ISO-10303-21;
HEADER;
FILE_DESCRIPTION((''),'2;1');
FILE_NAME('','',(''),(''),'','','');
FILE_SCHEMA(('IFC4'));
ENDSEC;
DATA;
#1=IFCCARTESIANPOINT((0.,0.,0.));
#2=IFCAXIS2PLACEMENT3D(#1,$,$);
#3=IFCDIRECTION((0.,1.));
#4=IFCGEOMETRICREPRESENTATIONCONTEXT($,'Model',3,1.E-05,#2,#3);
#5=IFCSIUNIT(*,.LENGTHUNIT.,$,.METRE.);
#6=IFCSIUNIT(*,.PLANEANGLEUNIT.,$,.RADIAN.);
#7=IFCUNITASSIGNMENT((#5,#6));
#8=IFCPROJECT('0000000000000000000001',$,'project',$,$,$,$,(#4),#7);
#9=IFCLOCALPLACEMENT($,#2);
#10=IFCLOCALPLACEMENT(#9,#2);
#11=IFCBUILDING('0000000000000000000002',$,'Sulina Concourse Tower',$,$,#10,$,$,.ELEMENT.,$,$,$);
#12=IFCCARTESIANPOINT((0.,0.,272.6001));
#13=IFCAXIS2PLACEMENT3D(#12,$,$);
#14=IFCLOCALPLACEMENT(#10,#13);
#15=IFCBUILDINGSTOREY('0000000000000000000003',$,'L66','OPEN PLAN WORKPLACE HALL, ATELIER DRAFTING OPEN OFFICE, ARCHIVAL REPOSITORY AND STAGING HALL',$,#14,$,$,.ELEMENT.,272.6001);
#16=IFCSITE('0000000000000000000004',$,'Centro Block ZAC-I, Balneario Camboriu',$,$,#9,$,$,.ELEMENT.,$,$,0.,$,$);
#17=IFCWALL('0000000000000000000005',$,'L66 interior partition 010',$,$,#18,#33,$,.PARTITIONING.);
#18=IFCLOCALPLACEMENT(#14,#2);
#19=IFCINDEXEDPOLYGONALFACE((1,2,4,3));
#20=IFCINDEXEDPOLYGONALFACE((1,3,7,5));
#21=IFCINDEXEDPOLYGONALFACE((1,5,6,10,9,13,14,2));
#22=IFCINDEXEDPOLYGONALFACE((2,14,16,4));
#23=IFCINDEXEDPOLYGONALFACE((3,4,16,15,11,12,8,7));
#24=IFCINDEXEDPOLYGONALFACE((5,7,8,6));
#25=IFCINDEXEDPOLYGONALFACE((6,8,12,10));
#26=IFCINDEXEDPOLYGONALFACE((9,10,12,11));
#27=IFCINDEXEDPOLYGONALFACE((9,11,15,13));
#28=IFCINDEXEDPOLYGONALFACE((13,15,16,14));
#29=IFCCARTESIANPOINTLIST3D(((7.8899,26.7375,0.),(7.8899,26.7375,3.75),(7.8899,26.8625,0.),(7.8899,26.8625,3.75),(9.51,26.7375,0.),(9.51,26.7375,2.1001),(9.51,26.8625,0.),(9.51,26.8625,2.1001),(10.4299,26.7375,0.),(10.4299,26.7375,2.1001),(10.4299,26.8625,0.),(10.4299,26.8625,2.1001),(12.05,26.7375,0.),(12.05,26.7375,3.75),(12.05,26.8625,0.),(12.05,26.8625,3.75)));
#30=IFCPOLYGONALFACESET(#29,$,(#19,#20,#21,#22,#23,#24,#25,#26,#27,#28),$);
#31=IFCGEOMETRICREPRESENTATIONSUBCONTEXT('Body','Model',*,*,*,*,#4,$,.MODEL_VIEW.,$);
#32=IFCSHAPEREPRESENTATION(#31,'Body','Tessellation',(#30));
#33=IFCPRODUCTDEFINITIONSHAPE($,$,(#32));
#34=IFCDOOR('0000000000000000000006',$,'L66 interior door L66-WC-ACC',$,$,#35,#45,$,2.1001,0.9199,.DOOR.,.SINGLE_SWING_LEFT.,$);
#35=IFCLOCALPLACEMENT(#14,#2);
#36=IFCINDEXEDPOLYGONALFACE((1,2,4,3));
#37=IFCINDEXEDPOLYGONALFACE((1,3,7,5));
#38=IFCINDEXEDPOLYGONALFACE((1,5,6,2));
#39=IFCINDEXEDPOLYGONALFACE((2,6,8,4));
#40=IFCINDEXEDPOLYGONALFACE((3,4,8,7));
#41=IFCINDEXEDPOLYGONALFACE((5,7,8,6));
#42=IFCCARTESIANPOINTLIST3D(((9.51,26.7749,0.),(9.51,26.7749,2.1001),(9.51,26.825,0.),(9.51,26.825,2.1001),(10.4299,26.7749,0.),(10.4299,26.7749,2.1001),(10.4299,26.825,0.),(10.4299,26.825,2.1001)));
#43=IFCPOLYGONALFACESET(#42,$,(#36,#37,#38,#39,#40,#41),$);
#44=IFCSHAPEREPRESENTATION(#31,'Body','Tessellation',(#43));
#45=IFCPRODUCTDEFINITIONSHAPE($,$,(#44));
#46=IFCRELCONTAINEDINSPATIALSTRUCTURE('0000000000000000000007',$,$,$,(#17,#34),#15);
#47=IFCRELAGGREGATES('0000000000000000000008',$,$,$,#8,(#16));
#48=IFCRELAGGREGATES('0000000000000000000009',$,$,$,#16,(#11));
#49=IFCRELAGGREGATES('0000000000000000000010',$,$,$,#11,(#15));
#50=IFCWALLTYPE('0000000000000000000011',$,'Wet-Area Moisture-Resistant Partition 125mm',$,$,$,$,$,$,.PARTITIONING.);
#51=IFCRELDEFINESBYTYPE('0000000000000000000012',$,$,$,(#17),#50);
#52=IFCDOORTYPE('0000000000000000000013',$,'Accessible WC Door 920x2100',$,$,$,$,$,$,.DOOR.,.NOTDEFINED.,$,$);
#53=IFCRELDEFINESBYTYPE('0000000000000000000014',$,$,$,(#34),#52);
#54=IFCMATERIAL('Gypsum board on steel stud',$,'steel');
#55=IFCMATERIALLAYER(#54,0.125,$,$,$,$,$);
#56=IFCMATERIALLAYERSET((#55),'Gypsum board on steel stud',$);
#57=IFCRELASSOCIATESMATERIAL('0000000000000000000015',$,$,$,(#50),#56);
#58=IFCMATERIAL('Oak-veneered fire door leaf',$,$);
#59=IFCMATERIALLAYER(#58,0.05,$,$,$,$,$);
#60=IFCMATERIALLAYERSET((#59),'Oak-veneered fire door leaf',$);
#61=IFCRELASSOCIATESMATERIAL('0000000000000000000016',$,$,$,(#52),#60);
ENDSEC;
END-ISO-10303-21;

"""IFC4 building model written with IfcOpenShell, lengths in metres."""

from ifc_helpers import new_model, si_unit, direction, frame, frame_2d, origin, place, context, subcontext, project, spatial, rectangle, extrude, material, layer, layer_set, type_object, element, fill, save


model = new_model("IFC4")

# Units and contexts
model_context = context("Model", 3, precision=1e-05, world=origin(), true_north=direction((0.0, 1.0)))
body_context = subcontext(model_context, "Body", "Model", "MODEL_VIEW")
ifc_project = project(units=[si_unit("LENGTHUNIT", "METRE"), si_unit("PLANEANGLEUNIT", "RADIAN")], contexts=[model_context])

# Site, building, storey
site_placement = place(None, origin())
site = spatial("IfcSite", under=ifc_project, at=site_placement, Name="Centro Block ZAC-I, Balneario Camboriu", CompositionType="ELEMENT", RefElevation=0.0)
building_placement = place(site_placement, origin())
building = spatial("IfcBuilding", under=site, at=building_placement, Name="Sulina Concourse Tower", CompositionType="ELEMENT")
storey_placement = place(building_placement, frame((0.0, 0.0, 272.6001)))
storey = spatial("IfcBuildingStorey", under=building, at=storey_placement, Name="L66", Description="OPEN PLAN WORKPLACE HALL, ATELIER DRAFTING OPEN OFFICE, ARCHIVAL REPOSITORY AND STAGING HALL", CompositionType="ELEMENT", Elevation=272.6001)

# Wall, opening, door
ifc_material_1 = material(Name="Gypsum board on steel stud", Category="steel")
ifc_layer_1 = layer(ifc_material_1, 0.125)
ifc_layer_set_1 = layer_set([ifc_layer_1], Name="Gypsum board on steel stud")
wall_type_1 = type_object("IfcWallType", Name="Wet-Area Moisture-Resistant Partition 125mm", PredefinedType="PARTITIONING", material=ifc_layer_set_1)
wall_1_placement = place(storey_placement, frame((7.8899, 26.8, 0.0), z_axis=(0.0, 0.0, 1.0), x_axis=(1.0, 0.0, 0.0)))
wall_1 = element("IfcWall", 1, at=wall_1_placement, inside=storey, type_object=wall_type_1, Name="L66 interior partition 010", PredefinedType="PARTITIONING", context=body_context, shape_type="SweptSolid", body=[
    extrude(rectangle(XDim=4.1602, YDim=0.125, at=frame_2d((2.0801, 0.0))), origin(), (0.0, 0.0, 1.0), 3.75),
])
opening_1_placement = place(wall_1_placement, frame((1.6201, 0.0, 0.0)))
opening_1 = element("IfcOpeningElement", 2, at=opening_1_placement, cuts=wall_1, PredefinedType="OPENING", context=body_context, shape_type="SweptSolid", body=[
    extrude(rectangle(XDim=0.9199, YDim=2.1001, at=frame_2d((0.46, 1.05))), frame((0.0, 0.0725, 0.0), z_axis=(0.0, -1.0, 0.0), x_axis=(1.0, 0.0, 0.0)), (0.0, 0.0, 1.0), 0.145),
])
ifc_material_2 = material(Name="Oak-veneered fire door leaf")
ifc_layer_2 = layer(ifc_material_2, 0.05)
ifc_layer_set_2 = layer_set([ifc_layer_2], Name="Oak-veneered fire door leaf")
door_type_1 = type_object("IfcDoorType", Name="Accessible WC Door 920x2100", OperationType="NOTDEFINED", PredefinedType="DOOR", material=ifc_layer_set_2)
door_1_placement = place(opening_1_placement, origin())
door_1 = element("IfcDoor", 3, at=door_1_placement, inside=storey, type_object=door_type_1, Name="L66 interior door L66-WC-ACC", OperationType="SINGLE_SWING_LEFT", OverallHeight=2.1001, OverallWidth=0.9199, PredefinedType="DOOR", context=body_context, shape_type="SweptSolid", body=[
    extrude(rectangle(XDim=0.9199, YDim=2.1001, at=frame_2d((0.46, 1.05))), frame((0.0, 0.0249, 0.0), z_axis=(0.0, -1.0, 0.0), x_axis=(1.0, 0.0, 0.0)), (0.0, 0.0, 1.0), 0.05),
])
fill(opening_1, door_1)

save(model, "model.ifc")
